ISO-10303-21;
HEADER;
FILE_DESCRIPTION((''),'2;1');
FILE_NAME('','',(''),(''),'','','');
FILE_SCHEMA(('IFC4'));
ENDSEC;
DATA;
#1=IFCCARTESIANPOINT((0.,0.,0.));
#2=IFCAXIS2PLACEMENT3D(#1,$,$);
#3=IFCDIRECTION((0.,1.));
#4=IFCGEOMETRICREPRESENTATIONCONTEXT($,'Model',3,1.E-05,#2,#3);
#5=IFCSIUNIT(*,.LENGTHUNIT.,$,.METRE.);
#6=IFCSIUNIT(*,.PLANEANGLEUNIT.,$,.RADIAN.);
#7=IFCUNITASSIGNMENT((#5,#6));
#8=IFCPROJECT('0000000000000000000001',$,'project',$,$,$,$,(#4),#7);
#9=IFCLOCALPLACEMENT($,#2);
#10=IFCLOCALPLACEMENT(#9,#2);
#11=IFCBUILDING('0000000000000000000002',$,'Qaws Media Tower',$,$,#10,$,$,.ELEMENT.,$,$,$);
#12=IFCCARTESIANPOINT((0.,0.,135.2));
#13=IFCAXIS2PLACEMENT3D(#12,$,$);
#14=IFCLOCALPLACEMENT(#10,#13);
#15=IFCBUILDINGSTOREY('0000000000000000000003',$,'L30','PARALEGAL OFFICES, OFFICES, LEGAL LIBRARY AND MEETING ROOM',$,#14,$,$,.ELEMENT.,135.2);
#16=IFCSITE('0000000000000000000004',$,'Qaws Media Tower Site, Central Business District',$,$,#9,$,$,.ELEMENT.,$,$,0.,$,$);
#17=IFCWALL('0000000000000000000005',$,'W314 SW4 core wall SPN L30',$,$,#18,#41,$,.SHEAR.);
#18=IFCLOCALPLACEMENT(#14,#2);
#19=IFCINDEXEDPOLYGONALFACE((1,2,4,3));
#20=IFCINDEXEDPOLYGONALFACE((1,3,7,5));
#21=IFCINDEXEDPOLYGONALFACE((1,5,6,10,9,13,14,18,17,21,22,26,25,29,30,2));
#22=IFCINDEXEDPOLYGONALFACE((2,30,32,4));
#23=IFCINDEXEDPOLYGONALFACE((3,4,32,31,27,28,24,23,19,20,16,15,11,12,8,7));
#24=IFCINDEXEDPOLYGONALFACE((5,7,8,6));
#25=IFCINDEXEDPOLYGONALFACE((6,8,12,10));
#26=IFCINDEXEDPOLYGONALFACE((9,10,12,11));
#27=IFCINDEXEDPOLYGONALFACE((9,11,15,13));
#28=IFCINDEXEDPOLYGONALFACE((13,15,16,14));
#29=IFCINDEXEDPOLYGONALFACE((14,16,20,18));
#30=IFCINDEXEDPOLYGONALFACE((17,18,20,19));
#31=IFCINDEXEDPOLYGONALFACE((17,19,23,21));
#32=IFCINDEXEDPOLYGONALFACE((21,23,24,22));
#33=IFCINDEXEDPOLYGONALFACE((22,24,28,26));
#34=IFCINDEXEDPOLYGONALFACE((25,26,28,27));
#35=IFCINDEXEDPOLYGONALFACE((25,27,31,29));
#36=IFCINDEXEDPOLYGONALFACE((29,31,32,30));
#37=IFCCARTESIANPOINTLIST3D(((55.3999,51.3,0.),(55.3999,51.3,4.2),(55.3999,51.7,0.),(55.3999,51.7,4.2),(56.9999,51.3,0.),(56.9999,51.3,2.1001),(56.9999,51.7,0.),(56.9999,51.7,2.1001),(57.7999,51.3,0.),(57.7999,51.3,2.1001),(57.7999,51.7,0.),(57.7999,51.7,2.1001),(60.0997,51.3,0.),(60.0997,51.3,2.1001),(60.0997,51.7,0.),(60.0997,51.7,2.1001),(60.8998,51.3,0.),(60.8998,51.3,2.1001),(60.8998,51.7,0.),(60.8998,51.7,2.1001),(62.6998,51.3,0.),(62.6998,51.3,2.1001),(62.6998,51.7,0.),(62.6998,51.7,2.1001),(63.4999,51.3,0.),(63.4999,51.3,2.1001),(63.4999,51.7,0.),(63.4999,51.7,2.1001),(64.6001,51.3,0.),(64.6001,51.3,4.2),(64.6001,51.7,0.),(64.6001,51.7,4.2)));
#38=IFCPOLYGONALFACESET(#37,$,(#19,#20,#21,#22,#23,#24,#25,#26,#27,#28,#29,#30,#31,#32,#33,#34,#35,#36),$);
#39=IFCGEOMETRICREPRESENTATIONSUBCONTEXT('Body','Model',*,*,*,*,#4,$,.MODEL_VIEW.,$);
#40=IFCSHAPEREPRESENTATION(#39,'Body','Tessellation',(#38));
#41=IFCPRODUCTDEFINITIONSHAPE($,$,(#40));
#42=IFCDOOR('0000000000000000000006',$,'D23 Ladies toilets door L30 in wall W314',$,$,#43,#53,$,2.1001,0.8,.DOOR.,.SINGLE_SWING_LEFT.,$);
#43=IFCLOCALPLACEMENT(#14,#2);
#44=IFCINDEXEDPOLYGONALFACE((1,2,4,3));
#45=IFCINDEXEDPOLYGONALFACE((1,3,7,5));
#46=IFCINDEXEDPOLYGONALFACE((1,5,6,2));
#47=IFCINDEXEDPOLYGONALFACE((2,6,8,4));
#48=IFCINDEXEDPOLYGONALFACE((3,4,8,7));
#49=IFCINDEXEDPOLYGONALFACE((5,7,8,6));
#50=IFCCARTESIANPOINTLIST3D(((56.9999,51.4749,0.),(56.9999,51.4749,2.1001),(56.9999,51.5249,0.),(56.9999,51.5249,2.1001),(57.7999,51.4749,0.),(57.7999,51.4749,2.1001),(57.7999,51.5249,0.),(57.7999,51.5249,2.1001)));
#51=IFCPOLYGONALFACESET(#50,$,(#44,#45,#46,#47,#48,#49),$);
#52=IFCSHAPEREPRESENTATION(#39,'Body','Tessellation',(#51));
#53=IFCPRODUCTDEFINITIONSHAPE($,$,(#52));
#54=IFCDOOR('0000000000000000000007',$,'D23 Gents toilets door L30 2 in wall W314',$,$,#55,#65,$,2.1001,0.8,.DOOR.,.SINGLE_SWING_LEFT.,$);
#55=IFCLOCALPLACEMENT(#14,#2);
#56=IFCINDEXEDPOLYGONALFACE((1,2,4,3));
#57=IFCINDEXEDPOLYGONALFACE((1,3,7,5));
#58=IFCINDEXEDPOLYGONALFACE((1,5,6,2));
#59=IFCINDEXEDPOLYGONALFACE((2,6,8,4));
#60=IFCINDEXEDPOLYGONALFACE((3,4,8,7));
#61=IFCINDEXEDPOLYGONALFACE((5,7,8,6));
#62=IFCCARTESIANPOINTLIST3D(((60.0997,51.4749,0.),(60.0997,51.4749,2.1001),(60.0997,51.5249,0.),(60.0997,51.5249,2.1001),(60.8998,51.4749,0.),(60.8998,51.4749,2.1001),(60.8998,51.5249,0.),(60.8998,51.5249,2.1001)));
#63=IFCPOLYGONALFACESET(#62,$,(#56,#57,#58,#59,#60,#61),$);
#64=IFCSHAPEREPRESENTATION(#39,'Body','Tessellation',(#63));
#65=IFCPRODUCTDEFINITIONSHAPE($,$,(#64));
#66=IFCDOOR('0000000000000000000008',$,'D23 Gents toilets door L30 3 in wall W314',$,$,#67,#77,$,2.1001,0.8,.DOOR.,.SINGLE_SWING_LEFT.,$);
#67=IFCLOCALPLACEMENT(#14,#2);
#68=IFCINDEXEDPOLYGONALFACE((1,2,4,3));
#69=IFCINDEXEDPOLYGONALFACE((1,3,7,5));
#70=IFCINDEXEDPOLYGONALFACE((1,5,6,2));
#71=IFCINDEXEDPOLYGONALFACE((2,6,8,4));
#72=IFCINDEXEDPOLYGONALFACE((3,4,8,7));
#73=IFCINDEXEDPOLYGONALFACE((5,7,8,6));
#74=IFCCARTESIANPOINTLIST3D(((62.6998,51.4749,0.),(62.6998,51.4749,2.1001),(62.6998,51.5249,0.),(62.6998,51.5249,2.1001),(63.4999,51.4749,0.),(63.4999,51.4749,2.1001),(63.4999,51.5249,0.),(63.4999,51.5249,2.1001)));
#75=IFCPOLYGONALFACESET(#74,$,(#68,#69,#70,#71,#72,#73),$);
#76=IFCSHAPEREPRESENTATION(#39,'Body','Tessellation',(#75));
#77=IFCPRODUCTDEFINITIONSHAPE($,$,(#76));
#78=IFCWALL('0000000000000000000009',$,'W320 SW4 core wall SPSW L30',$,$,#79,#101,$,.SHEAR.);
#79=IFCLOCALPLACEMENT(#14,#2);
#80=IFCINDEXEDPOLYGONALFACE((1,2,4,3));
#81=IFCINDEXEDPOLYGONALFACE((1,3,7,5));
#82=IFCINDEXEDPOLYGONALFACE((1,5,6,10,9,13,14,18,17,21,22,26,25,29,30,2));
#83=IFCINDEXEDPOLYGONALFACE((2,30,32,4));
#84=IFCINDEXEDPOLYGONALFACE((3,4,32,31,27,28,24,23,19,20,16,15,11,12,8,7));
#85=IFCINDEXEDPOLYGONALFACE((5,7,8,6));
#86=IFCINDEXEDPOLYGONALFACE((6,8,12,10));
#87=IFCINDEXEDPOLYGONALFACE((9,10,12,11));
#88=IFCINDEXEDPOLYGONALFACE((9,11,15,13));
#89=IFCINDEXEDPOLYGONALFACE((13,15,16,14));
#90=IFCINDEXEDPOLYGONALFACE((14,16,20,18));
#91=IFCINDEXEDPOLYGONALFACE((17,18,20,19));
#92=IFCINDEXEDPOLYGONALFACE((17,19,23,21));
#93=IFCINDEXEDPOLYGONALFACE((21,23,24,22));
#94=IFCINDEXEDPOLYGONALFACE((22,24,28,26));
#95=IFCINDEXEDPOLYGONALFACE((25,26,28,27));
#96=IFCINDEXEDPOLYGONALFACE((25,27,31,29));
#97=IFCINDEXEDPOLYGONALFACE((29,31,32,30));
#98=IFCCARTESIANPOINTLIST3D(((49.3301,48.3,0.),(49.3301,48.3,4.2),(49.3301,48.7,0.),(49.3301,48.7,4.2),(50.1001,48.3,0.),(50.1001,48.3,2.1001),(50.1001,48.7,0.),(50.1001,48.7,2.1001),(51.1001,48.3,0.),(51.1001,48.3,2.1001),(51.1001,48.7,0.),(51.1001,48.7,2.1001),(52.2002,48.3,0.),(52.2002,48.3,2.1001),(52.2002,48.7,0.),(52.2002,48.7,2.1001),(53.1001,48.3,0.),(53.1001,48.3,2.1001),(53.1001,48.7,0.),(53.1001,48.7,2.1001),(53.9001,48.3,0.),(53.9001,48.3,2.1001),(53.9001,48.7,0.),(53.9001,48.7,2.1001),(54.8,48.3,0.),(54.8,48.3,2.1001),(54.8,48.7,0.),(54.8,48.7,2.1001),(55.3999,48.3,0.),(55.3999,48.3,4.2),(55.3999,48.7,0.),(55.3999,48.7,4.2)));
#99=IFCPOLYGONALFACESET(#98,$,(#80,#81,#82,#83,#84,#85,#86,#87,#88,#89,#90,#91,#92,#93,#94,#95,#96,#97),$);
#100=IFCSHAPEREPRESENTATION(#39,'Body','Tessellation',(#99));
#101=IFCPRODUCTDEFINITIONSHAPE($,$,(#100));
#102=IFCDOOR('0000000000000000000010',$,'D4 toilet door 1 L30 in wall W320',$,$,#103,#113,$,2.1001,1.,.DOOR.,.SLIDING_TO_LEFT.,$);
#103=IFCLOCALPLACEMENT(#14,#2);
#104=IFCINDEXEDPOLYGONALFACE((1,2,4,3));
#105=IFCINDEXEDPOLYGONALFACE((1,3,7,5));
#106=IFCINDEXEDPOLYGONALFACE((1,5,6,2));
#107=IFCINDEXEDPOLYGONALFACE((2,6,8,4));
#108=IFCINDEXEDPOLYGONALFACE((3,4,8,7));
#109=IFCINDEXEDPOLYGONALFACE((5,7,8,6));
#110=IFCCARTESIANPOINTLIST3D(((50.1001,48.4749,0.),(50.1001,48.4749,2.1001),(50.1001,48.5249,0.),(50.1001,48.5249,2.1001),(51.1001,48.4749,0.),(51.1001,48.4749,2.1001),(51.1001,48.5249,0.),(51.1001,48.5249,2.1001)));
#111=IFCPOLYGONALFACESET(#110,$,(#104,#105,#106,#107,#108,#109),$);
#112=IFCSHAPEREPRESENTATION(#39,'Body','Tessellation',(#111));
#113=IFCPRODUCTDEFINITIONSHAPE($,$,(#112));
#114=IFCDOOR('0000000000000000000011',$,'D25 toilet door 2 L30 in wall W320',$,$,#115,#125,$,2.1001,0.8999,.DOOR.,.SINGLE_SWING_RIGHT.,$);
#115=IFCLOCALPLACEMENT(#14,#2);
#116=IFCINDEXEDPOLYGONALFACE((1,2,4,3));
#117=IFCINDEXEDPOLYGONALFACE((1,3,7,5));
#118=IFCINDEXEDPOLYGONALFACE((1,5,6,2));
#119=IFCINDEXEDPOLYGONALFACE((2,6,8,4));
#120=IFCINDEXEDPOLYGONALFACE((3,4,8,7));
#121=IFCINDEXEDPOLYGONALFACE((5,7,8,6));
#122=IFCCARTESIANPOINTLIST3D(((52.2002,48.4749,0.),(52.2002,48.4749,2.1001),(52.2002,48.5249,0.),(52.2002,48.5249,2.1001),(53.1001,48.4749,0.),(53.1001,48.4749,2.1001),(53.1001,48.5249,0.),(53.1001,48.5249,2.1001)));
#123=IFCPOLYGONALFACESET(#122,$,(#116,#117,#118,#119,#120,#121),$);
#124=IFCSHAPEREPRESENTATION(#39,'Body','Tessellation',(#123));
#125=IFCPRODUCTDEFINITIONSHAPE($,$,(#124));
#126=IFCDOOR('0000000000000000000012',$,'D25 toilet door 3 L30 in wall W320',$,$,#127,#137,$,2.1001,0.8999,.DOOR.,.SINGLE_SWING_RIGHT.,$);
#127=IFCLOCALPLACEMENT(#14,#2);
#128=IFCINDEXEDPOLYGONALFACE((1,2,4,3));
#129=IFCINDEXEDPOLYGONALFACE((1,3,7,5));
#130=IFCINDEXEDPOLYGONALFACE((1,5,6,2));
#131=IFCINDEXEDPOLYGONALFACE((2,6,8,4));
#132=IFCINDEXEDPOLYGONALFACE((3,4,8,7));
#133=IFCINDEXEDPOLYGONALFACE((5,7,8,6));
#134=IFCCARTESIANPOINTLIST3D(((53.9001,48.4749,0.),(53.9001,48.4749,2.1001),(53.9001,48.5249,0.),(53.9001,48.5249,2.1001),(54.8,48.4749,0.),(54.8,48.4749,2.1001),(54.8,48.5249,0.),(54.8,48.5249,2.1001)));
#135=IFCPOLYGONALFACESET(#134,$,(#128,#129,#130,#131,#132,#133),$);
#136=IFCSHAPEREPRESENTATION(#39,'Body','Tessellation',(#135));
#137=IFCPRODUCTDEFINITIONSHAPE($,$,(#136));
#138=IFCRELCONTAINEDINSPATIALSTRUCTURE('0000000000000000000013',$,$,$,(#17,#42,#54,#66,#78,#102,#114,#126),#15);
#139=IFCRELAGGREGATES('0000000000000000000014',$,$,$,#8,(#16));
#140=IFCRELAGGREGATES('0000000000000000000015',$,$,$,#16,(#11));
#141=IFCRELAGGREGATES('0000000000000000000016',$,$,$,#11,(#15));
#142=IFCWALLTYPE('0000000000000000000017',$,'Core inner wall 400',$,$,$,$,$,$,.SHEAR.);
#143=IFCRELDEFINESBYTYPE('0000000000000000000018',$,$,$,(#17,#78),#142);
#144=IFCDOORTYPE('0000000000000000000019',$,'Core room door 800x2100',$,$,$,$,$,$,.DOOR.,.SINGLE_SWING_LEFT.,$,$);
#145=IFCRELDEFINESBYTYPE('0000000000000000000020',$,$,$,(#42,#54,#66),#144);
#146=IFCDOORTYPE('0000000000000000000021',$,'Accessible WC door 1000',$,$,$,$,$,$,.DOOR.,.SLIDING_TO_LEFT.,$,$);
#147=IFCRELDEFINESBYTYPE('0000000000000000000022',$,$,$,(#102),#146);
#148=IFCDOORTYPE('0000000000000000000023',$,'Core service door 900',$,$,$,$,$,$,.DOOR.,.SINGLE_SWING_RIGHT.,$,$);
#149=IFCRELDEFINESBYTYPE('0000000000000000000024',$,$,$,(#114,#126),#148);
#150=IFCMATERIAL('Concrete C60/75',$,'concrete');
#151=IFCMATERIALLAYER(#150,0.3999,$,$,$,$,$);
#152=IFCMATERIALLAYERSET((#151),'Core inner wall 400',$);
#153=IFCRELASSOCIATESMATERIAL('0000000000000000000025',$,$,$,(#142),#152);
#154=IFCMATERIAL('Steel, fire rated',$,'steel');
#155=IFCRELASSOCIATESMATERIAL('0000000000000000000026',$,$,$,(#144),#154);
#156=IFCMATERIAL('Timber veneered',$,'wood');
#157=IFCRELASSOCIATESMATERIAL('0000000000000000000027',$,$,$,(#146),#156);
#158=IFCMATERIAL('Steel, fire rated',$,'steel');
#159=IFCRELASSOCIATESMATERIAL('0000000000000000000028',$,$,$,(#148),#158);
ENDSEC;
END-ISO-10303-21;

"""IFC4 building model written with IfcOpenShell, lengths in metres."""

from ifc_helpers import new_model, si_unit, direction, frame, frame_2d, origin, place, context, subcontext, project, spatial, rectangle, extrude, material, layer, layer_set, type_object, element, fill, save


model = new_model("IFC4")

# Units and contexts
model_context = context("Model", 3, precision=1e-05, world=origin(), true_north=direction((0.0, 1.0)))
body_context = subcontext(model_context, "Body", "Model", "MODEL_VIEW")
ifc_project = project(units=[si_unit("LENGTHUNIT", "METRE"), si_unit("PLANEANGLEUNIT", "RADIAN")], contexts=[model_context])

# Site, building, storey
site_placement = place(None, origin())
site = spatial("IfcSite", under=ifc_project, at=site_placement, Name="Qaws Media Tower Site, Central Business District", CompositionType="ELEMENT", RefElevation=0.0)
building_placement = place(site_placement, origin())
building = spatial("IfcBuilding", under=site, at=building_placement, Name="Qaws Media Tower", CompositionType="ELEMENT")
storey_placement = place(building_placement, frame((0.0, 0.0, 135.2)))
storey = spatial("IfcBuildingStorey", under=building, at=storey_placement, Name="L30", Description="PARALEGAL OFFICES, OFFICES, LEGAL LIBRARY AND MEETING ROOM", CompositionType="ELEMENT", Elevation=135.2)

# Shared definitions
ifc_material_1 = material(Name="Concrete C60/75", Category="concrete")
ifc_layer_1 = layer(ifc_material_1, 0.3999)
ifc_layer_set_1 = layer_set([ifc_layer_1], Name="Core inner wall 400")
wall_type_1 = type_object("IfcWallType", Name="Core inner wall 400", PredefinedType="SHEAR", material=ifc_layer_set_1)

# Walls, openings, doors
wall_1_placement = place(storey_placement, frame((55.3999, 51.5, 0.0), z_axis=(0.0, 0.0, 1.0), x_axis=(1.0, 0.0, 0.0)))
wall_1 = element("IfcWall", 1, at=wall_1_placement, inside=storey, type_object=wall_type_1, Name="W314 SW4 core wall SPN L30", PredefinedType="SHEAR", context=body_context, shape_type="SweptSolid", body=[
    extrude(rectangle(XDim=9.2002, YDim=0.3999, at=frame_2d((4.6001, 0.0))), origin(), (0.0, 0.0, 1.0), 4.2),
])
opening_1_placement = place(wall_1_placement, frame((1.6001, 0.0, 0.0)))
opening_1 = element("IfcOpeningElement", 2, at=opening_1_placement, cuts=wall_1, PredefinedType="OPENING", context=body_context, shape_type="SweptSolid", body=[
    extrude(rectangle(XDim=0.8, YDim=2.1001, at=frame_2d((0.3999, 1.05))), frame((0.0, 0.21, 0.0), z_axis=(0.0, -1.0, 0.0), x_axis=(1.0, 0.0, 0.0)), (0.0, 0.0, 1.0), 0.4199),
])
opening_2_placement = place(wall_1_placement, frame((4.7, 0.0, 0.0)))
opening_2 = element("IfcOpeningElement", 3, at=opening_2_placement, cuts=wall_1, PredefinedType="OPENING", context=body_context, shape_type="SweptSolid", body=[
    extrude(rectangle(XDim=0.8, YDim=2.1001, at=frame_2d((0.3999, 1.05))), frame((0.0, 0.21, 0.0), z_axis=(0.0, -1.0, 0.0), x_axis=(1.0, 0.0, 0.0)), (0.0, 0.0, 1.0), 0.4199),
])
opening_3_placement = place(wall_1_placement, frame((7.3, 0.0, 0.0)))
opening_3 = element("IfcOpeningElement", 4, at=opening_3_placement, cuts=wall_1, PredefinedType="OPENING", context=body_context, shape_type="SweptSolid", body=[
    extrude(rectangle(XDim=0.8, YDim=2.1001, at=frame_2d((0.3999, 1.05))), frame((0.0, 0.21, 0.0), z_axis=(0.0, -1.0, 0.0), x_axis=(1.0, 0.0, 0.0)), (0.0, 0.0, 1.0), 0.4199),
])
ifc_material_2 = material(Name="Steel, fire rated", Category="steel")
door_type_1 = type_object("IfcDoorType", Name="Core room door 800x2100", OperationType="SINGLE_SWING_LEFT", PredefinedType="DOOR", material=ifc_material_2)
door_1_placement = place(opening_1_placement, origin())
door_1 = element("IfcDoor", 5, at=door_1_placement, inside=storey, type_object=door_type_1, Name="D23 Ladies toilets door L30 in wall W314", OperationType="SINGLE_SWING_LEFT", OverallHeight=2.1001, OverallWidth=0.8, PredefinedType="DOOR", context=body_context, shape_type="SweptSolid", body=[
    extrude(rectangle(XDim=0.8, YDim=2.1001, at=frame_2d((0.3999, 1.05))), frame((0.0, 0.0249, 0.0), z_axis=(0.0, -1.0, 0.0), x_axis=(1.0, 0.0, 0.0)), (0.0, 0.0, 1.0), 0.05),
])
fill(opening_1, door_1)
door_2_placement = place(opening_2_placement, origin())
door_2 = element("IfcDoor", 6, at=door_2_placement, inside=storey, type_object=door_type_1, Name="D23 Gents toilets door L30 2 in wall W314", OperationType="SINGLE_SWING_LEFT", OverallHeight=2.1001, OverallWidth=0.8, PredefinedType="DOOR", context=body_context, shape_type="SweptSolid", body=[
    extrude(rectangle(XDim=0.8, YDim=2.1001, at=frame_2d((0.3999, 1.05))), frame((0.0, 0.0249, 0.0), z_axis=(0.0, -1.0, 0.0), x_axis=(1.0, 0.0, 0.0)), (0.0, 0.0, 1.0), 0.05),
])
fill(opening_2, door_2)
door_3_placement = place(opening_3_placement, origin())
door_3 = element("IfcDoor", 7, at=door_3_placement, inside=storey, type_object=door_type_1, Name="D23 Gents toilets door L30 3 in wall W314", OperationType="SINGLE_SWING_LEFT", OverallHeight=2.1001, OverallWidth=0.8, PredefinedType="DOOR", context=body_context, shape_type="SweptSolid", body=[
    extrude(rectangle(XDim=0.8, YDim=2.1001, at=frame_2d((0.3999, 1.05))), frame((0.0, 0.0249, 0.0), z_axis=(0.0, -1.0, 0.0), x_axis=(1.0, 0.0, 0.0)), (0.0, 0.0, 1.0), 0.05),
])
fill(opening_3, door_3)
wall_2_placement = place(storey_placement, frame((49.3301, 48.5, 0.0), z_axis=(0.0, 0.0, 1.0), x_axis=(1.0, 0.0, 0.0)))
wall_2 = element("IfcWall", 8, at=wall_2_placement, inside=storey, type_object=wall_type_1, Name="W320 SW4 core wall SPSW L30", PredefinedType="SHEAR", context=body_context, shape_type="SweptSolid", body=[
    extrude(rectangle(XDim=6.0698, YDim=0.3999, at=frame_2d((3.0349, 0.0))), origin(), (0.0, 0.0, 1.0), 4.2),
])
opening_4_placement = place(wall_2_placement, frame((0.77, 0.0, 0.0)))
opening_4 = element("IfcOpeningElement", 9, at=opening_4_placement, cuts=wall_2, PredefinedType="OPENING", context=body_context, shape_type="SweptSolid", body=[
    extrude(rectangle(XDim=1.0, YDim=2.1001, at=frame_2d((0.5, 1.05))), frame((0.0, 0.21, 0.0), z_axis=(0.0, -1.0, 0.0), x_axis=(1.0, 0.0, 0.0)), (0.0, 0.0, 1.0), 0.4199),
])
opening_5_placement = place(wall_2_placement, frame((2.8701, 0.0, 0.0)))
opening_5 = element("IfcOpeningElement", 10, at=opening_5_placement, cuts=wall_2, PredefinedType="OPENING", context=body_context, shape_type="SweptSolid", body=[
    extrude(rectangle(XDim=0.8999, YDim=2.1001, at=frame_2d((0.45, 1.05))), frame((0.0, 0.21, 0.0), z_axis=(0.0, -1.0, 0.0), x_axis=(1.0, 0.0, 0.0)), (0.0, 0.0, 1.0), 0.4199),
])
opening_6_placement = place(wall_2_placement, frame((4.5701, 0.0, 0.0)))
opening_6 = element("IfcOpeningElement", 11, at=opening_6_placement, cuts=wall_2, PredefinedType="OPENING", context=body_context, shape_type="SweptSolid", body=[
    extrude(rectangle(XDim=0.8999, YDim=2.1001, at=frame_2d((0.45, 1.05))), frame((0.0, 0.21, 0.0), z_axis=(0.0, -1.0, 0.0), x_axis=(1.0, 0.0, 0.0)), (0.0, 0.0, 1.0), 0.4199),
])
ifc_material_3 = material(Name="Timber veneered", Category="wood")
door_type_2 = type_object("IfcDoorType", Name="Accessible WC door 1000", OperationType="SLIDING_TO_LEFT", PredefinedType="DOOR", material=ifc_material_3)
door_4_placement = place(opening_4_placement, origin())
door_4 = element("IfcDoor", 12, at=door_4_placement, inside=storey, type_object=door_type_2, Name="D4 toilet door 1 L30 in wall W320", OperationType="SLIDING_TO_LEFT", OverallHeight=2.1001, OverallWidth=1.0, PredefinedType="DOOR", context=body_context, shape_type="SweptSolid", body=[
    extrude(rectangle(XDim=1.0, YDim=2.1001, at=frame_2d((0.5, 1.05))), frame((0.0, 0.0249, 0.0), z_axis=(0.0, -1.0, 0.0), x_axis=(1.0, 0.0, 0.0)), (0.0, 0.0, 1.0), 0.05),
])
fill(opening_4, door_4)
ifc_material_4 = material(Name="Steel, fire rated", Category="steel")
door_type_3 = type_object("IfcDoorType", Name="Core service door 900", OperationType="SINGLE_SWING_RIGHT", PredefinedType="DOOR", material=ifc_material_4)
door_5_placement = place(opening_5_placement, origin())
door_5 = element("IfcDoor", 13, at=door_5_placement, inside=storey, type_object=door_type_3, Name="D25 toilet door 2 L30 in wall W320", OperationType="SINGLE_SWING_RIGHT", OverallHeight=2.1001, OverallWidth=0.8999, PredefinedType="DOOR", context=body_context, shape_type="SweptSolid", body=[
    extrude(rectangle(XDim=0.8999, YDim=2.1001, at=frame_2d((0.45, 1.05))), frame((0.0, 0.0249, 0.0), z_axis=(0.0, -1.0, 0.0), x_axis=(1.0, 0.0, 0.0)), (0.0, 0.0, 1.0), 0.05),
])
fill(opening_5, door_5)
door_6_placement = place(opening_6_placement, origin())
door_6 = element("IfcDoor", 14, at=door_6_placement, inside=storey, type_object=door_type_3, Name="D25 toilet door 3 L30 in wall W320", OperationType="SINGLE_SWING_RIGHT", OverallHeight=2.1001, OverallWidth=0.8999, PredefinedType="DOOR", context=body_context, shape_type="SweptSolid", body=[
    extrude(rectangle(XDim=0.8999, YDim=2.1001, at=frame_2d((0.45, 1.05))), frame((0.0, 0.0249, 0.0), z_axis=(0.0, -1.0, 0.0), x_axis=(1.0, 0.0, 0.0)), (0.0, 0.0, 1.0), 0.05),
])
fill(opening_6, door_6)

save(model, "model.ifc")
